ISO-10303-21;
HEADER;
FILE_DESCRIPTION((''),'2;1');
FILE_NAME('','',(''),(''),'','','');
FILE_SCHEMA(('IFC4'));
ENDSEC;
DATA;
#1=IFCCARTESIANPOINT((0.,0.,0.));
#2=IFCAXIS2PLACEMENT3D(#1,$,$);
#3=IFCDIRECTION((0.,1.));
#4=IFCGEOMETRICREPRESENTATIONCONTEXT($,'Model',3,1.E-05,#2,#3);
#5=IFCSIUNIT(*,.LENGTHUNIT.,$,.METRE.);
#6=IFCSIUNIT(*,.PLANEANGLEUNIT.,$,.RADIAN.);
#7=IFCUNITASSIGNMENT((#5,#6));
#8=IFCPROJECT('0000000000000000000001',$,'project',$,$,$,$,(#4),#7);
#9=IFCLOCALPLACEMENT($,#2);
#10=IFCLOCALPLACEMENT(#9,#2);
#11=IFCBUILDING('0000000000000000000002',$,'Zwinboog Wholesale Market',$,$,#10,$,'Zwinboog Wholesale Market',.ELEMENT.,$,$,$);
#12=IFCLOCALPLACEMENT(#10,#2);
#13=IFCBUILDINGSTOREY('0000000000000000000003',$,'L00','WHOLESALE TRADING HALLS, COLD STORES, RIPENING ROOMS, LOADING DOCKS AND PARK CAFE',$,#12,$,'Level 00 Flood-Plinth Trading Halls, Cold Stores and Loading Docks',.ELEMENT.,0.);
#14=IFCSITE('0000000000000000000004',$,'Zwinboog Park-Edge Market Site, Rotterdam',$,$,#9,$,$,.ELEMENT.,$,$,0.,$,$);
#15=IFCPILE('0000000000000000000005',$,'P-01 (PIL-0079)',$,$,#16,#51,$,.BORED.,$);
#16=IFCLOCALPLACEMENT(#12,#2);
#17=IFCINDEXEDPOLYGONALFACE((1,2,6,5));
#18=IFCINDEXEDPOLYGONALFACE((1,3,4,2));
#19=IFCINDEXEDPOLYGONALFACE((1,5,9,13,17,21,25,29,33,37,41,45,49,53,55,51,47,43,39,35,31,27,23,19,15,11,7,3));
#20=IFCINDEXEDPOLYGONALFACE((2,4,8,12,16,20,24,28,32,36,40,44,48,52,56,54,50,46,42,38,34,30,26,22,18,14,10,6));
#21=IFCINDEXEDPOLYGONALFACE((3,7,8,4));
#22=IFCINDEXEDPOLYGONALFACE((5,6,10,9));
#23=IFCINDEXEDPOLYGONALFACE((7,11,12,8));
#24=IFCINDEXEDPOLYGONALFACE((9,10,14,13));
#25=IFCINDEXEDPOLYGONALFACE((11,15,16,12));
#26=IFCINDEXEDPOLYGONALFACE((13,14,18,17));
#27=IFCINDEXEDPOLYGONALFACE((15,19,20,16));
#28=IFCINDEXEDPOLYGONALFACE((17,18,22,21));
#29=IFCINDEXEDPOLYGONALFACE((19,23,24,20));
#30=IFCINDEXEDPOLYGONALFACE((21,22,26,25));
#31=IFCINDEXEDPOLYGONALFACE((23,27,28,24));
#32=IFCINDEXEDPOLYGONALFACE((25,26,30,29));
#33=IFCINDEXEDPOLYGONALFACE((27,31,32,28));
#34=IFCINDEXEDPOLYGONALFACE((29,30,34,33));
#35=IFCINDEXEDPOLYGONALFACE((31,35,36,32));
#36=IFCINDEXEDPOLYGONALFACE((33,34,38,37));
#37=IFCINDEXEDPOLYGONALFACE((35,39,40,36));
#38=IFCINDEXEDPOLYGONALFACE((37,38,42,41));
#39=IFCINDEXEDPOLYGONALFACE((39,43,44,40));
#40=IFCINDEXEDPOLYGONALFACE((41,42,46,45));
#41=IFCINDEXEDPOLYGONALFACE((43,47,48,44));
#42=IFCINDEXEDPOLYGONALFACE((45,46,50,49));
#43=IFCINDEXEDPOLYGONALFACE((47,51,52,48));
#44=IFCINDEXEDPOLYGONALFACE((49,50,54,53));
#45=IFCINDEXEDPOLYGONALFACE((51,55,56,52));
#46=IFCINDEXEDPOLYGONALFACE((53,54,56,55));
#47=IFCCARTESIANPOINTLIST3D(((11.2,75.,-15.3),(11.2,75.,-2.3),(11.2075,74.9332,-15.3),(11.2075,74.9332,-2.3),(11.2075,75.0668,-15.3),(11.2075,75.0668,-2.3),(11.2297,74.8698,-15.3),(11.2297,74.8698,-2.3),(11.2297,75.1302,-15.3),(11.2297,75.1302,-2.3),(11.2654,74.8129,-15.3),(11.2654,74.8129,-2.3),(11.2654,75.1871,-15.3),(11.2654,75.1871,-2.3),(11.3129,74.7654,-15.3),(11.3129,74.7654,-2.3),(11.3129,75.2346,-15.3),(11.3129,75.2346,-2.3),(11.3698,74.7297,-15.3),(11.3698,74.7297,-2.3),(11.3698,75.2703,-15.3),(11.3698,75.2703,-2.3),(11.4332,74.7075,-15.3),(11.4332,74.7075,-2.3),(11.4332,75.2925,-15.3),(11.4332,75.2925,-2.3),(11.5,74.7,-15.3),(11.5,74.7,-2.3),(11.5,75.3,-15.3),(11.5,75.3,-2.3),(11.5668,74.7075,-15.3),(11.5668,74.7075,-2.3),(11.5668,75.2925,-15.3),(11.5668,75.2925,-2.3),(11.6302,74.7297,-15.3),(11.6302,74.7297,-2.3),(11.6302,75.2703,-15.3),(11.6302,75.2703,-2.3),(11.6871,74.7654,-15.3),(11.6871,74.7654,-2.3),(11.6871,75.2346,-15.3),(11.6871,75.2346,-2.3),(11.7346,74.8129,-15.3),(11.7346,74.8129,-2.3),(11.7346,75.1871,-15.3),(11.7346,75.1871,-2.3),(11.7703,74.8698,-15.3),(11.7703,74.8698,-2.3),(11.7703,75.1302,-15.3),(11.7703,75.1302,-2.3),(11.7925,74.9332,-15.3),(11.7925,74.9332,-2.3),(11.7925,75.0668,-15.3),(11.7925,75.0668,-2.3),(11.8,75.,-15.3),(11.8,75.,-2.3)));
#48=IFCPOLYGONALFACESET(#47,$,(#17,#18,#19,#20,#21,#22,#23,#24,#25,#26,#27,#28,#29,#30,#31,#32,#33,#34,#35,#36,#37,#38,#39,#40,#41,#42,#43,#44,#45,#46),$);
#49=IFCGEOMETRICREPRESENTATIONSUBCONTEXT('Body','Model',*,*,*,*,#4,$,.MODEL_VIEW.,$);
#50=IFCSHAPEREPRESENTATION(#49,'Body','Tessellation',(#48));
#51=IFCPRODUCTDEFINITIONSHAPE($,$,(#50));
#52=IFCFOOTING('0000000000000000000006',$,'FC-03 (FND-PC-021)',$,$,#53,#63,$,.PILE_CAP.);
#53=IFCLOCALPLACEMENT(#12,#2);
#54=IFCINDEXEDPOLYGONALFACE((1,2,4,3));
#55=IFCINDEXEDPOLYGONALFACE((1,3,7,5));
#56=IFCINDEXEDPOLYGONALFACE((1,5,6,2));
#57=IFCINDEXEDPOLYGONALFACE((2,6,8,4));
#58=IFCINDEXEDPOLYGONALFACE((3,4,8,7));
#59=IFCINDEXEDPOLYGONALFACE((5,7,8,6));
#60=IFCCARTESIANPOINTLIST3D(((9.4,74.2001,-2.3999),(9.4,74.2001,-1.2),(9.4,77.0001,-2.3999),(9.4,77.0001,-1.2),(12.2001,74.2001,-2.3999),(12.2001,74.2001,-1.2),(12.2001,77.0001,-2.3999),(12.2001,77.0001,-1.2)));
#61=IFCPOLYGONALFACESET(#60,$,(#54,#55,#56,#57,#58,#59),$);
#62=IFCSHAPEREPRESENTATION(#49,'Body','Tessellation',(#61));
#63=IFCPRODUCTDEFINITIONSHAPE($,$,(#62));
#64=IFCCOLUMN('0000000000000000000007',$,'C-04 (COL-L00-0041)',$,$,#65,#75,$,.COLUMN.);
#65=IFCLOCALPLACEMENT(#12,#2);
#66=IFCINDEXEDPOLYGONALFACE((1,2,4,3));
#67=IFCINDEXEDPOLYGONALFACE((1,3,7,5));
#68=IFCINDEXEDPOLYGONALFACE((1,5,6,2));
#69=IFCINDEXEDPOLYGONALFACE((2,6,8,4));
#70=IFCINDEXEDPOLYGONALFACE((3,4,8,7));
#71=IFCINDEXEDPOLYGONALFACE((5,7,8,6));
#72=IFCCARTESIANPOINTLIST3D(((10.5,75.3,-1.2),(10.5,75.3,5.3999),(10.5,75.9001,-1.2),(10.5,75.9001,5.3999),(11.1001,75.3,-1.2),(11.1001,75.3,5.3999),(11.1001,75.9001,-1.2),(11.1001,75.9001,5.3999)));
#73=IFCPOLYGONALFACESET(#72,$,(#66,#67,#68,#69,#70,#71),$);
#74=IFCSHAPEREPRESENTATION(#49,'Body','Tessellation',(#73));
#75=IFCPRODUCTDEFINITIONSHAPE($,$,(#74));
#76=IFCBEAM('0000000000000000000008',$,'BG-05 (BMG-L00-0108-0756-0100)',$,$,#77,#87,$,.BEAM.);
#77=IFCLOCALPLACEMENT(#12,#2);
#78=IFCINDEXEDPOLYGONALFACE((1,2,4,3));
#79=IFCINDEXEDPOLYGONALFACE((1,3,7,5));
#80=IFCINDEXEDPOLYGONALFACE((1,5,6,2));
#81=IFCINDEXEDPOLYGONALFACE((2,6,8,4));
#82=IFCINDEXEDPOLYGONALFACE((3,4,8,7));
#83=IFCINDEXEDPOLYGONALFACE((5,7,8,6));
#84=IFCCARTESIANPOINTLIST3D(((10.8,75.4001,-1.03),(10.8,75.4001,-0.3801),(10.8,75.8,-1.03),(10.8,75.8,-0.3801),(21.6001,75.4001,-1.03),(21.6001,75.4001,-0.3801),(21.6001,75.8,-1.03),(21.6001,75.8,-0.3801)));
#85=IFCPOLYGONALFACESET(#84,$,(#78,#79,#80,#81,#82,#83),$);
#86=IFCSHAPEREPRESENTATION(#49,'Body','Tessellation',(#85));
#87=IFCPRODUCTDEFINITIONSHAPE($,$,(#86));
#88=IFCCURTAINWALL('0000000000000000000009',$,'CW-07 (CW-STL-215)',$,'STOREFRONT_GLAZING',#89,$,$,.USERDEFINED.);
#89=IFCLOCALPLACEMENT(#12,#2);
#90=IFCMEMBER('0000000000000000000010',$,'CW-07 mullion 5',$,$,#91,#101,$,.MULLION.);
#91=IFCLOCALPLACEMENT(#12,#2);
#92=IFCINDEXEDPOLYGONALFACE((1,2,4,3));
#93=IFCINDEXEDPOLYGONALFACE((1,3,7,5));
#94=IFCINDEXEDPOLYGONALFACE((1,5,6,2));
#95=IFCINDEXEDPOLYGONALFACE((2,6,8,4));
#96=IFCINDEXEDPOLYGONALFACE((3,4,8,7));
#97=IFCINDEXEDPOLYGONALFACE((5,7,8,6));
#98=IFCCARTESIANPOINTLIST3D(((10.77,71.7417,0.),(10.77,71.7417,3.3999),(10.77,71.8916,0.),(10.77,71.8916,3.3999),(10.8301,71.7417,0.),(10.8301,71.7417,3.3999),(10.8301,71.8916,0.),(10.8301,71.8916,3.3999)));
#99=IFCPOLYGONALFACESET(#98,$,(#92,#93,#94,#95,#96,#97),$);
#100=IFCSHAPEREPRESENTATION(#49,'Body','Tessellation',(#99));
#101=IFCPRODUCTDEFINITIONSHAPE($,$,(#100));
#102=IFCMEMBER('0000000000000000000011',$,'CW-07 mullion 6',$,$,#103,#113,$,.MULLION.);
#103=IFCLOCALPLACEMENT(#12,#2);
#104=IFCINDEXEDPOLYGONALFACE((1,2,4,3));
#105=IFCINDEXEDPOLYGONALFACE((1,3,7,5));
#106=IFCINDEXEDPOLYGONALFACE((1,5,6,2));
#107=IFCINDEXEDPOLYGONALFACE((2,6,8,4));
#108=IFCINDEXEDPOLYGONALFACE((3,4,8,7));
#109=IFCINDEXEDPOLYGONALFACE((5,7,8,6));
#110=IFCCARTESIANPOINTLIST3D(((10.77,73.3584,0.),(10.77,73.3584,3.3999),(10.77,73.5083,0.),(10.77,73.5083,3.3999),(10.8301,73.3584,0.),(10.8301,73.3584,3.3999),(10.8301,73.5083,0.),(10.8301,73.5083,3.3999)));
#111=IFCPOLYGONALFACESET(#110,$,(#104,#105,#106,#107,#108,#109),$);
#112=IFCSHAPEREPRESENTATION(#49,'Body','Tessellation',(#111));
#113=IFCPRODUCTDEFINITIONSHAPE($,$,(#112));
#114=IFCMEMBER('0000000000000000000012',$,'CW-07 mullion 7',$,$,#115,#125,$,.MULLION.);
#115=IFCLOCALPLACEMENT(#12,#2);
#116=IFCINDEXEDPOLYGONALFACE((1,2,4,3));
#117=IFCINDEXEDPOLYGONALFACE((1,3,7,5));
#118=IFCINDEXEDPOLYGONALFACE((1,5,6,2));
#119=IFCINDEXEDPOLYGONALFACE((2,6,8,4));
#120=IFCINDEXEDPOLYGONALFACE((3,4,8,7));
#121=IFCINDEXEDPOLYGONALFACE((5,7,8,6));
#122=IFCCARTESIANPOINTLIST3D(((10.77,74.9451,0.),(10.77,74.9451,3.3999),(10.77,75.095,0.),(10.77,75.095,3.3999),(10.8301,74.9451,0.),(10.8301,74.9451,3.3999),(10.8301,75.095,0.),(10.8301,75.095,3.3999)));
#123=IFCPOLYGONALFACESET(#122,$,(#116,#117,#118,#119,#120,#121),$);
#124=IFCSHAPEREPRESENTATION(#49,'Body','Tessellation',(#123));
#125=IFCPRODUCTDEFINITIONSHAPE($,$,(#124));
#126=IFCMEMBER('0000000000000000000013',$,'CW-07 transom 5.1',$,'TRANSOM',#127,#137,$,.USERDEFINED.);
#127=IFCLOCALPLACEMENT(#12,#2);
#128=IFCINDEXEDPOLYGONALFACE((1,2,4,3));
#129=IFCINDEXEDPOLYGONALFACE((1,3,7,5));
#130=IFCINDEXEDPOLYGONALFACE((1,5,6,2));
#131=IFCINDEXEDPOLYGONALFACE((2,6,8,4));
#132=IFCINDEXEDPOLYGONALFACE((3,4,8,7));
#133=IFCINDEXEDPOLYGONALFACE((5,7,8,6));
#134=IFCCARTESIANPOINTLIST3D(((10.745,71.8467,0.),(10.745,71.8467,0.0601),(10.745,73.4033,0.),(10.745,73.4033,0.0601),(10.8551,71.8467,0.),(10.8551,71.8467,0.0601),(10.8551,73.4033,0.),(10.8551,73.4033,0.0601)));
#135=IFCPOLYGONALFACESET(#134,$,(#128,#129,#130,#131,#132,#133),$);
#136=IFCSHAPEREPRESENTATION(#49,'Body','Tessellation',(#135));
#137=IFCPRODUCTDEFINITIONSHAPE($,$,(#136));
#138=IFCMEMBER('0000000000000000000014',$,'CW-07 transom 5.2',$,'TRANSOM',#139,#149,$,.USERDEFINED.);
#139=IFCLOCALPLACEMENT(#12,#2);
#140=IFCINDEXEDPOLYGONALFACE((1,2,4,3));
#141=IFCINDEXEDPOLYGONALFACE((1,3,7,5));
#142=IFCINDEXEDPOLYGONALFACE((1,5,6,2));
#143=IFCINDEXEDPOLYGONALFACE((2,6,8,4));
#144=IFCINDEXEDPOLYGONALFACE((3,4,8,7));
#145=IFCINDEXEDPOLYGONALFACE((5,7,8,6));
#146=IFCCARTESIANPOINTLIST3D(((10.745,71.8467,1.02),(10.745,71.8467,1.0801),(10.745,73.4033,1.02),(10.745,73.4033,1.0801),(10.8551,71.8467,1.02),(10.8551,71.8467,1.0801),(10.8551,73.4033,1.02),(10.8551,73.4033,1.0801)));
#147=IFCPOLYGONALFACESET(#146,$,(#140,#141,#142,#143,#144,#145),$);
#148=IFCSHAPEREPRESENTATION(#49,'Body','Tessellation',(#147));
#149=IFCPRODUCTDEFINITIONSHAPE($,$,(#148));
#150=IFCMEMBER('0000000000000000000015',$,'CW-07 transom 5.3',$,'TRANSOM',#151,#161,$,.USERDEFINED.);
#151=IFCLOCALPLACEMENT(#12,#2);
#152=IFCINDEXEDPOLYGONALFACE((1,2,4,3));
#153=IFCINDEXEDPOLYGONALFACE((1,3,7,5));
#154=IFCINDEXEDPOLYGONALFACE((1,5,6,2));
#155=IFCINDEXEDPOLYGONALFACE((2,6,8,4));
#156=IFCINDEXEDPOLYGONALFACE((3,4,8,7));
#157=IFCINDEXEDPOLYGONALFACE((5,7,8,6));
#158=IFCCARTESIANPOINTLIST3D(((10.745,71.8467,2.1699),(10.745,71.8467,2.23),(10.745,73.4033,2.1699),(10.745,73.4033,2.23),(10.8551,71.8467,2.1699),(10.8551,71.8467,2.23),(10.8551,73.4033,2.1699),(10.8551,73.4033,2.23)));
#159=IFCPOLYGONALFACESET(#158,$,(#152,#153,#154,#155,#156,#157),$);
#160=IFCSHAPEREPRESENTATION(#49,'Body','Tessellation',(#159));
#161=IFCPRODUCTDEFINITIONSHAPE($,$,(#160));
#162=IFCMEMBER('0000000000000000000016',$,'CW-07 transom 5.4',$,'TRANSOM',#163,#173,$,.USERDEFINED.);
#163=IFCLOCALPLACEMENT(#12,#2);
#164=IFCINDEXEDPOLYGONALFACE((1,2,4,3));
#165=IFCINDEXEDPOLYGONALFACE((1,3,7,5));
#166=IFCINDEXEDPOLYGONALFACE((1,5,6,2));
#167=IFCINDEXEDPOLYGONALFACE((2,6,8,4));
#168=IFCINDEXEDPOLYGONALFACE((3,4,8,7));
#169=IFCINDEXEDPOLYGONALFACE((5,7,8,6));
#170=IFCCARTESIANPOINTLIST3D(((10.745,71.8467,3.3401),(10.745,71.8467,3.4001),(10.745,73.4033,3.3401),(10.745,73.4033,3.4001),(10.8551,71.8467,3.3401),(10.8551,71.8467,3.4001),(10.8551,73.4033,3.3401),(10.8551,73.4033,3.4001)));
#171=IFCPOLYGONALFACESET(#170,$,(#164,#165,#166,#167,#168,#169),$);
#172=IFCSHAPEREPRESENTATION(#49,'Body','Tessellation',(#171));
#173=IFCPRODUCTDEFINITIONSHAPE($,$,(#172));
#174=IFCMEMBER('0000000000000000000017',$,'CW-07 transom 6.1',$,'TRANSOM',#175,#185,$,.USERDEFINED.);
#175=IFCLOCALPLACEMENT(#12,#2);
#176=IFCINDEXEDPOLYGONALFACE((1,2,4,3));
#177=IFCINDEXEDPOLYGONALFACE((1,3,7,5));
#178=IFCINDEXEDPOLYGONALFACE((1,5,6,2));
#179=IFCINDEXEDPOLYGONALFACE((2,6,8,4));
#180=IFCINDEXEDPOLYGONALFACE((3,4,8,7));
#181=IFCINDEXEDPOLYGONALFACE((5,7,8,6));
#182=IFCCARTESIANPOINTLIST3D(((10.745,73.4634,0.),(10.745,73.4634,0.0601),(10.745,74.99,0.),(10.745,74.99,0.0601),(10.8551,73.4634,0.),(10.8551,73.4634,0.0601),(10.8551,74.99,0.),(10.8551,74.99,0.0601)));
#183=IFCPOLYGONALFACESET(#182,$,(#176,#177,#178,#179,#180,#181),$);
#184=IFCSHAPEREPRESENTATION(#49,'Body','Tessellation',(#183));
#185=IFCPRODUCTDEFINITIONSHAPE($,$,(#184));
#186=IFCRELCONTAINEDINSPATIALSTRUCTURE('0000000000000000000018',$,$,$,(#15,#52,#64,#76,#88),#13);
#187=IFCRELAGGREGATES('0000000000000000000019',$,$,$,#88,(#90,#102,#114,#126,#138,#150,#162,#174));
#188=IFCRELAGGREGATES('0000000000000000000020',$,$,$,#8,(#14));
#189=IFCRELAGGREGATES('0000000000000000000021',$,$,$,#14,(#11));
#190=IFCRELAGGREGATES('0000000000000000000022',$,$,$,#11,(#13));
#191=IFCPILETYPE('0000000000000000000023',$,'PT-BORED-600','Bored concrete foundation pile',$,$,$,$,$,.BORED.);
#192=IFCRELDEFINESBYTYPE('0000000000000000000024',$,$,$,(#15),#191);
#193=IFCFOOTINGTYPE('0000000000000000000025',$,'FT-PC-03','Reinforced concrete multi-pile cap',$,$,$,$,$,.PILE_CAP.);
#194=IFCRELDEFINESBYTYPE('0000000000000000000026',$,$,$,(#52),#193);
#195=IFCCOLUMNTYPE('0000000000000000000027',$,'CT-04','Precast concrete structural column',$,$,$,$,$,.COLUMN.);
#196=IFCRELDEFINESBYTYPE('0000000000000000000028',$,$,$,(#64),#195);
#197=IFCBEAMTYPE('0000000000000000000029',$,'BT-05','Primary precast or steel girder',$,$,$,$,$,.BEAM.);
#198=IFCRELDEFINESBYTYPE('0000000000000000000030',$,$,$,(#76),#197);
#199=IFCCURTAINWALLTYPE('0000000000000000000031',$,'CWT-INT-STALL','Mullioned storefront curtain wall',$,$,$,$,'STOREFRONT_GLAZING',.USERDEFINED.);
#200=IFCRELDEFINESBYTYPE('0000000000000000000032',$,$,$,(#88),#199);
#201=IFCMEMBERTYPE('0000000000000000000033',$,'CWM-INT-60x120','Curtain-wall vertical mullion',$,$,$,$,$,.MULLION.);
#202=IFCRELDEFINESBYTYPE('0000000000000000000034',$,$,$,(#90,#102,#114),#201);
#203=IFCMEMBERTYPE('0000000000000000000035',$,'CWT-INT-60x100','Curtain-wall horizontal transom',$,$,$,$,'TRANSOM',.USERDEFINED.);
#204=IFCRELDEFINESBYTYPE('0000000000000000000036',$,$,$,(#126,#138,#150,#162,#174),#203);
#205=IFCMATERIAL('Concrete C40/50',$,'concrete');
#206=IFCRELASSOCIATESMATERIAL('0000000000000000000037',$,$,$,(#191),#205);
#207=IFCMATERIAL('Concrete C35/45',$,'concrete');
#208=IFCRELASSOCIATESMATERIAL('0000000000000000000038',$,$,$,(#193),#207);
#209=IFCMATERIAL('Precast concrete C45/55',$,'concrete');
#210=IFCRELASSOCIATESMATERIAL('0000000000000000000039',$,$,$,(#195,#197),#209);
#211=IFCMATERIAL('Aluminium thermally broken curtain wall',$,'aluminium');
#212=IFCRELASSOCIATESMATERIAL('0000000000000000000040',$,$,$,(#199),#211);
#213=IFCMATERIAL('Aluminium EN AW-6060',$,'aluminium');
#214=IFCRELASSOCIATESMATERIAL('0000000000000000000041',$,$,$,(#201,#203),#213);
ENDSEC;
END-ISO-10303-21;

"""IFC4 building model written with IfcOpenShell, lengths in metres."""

from ifc_helpers import new_model, si_unit, direction, frame, origin, origin_2d, place, context, subcontext, project, spatial, rectangle, circle, extrude, material, material_profile, profile_set, type_object, element, aggregate, save


model = new_model("IFC4")

# Units and contexts
model_context = context("Model", 3, precision=1e-05, world=origin(), true_north=direction((0.0, 1.0)))
body_context = subcontext(model_context, "Body", "Model", "MODEL_VIEW")
ifc_project = project(units=[si_unit("LENGTHUNIT", "METRE"), si_unit("PLANEANGLEUNIT", "RADIAN")], contexts=[model_context])

# Site, building, storey
site_placement = place(None, origin())
site = spatial("IfcSite", under=ifc_project, at=site_placement, Name="Zwinboog Park-Edge Market Site, Rotterdam", CompositionType="ELEMENT", RefElevation=0.0)
building_placement = place(site_placement, origin())
building = spatial("IfcBuilding", under=site, at=building_placement, Name="Zwinboog Wholesale Market", LongName="Zwinboog Wholesale Market", CompositionType="ELEMENT")
storey_placement = place(building_placement, origin())
storey = spatial("IfcBuildingStorey", under=building, at=storey_placement, Name="L00", Description="WHOLESALE TRADING HALLS, COLD STORES, RIPENING ROOMS, LOADING DOCKS AND PARK CAFE", LongName="Level 00 Flood-Plinth Trading Halls, Cold Stores and Loading Docks", CompositionType="ELEMENT", Elevation=0.0)

# Pile
ifc_material_1 = material(Name="Concrete C40/50", Category="concrete")
ifc_material_profile_1 = material_profile(ifc_material_1, circle(Radius=0.3, at=origin_2d()), Name="PILE D600")
ifc_profile_set_1 = profile_set([ifc_material_profile_1], Name="Concrete C40/50")
pile_type = type_object("IfcPileType", Name="PT-BORED-600", Description="Bored concrete foundation pile", PredefinedType="BORED", material=ifc_profile_set_1)
pile_placement = place(storey_placement, frame((11.5, 75.0, -2.3), z_axis=(0.0, 0.0, -1.0), x_axis=(1.0, 0.0, 0.0)))
element("IfcPile", 1, at=pile_placement, inside=storey, type_object=pile_type, Name="P-01 (PIL-0079)", PredefinedType="BORED", context=body_context, shape_type="SweptSolid", body=[
    extrude(circle(Radius=0.3, at=origin_2d()), origin(), (0.0, 0.0, 1.0), 13.0),
])

# Footing
ifc_material_2 = material(Name="Concrete C35/45", Category="concrete")
footing_type = type_object("IfcFootingType", Name="FT-PC-03", Description="Reinforced concrete multi-pile cap", PredefinedType="PILE_CAP", material=ifc_material_2)
footing_placement = place(storey_placement, frame((10.8, 75.6001, -2.3999), z_axis=(0.0, 0.0, 1.0), x_axis=(1.0, 0.0, 0.0)))
element("IfcFooting", 2, at=footing_placement, inside=storey, type_object=footing_type, Name="FC-03 (FND-PC-021)", PredefinedType="PILE_CAP", context=body_context, shape_type="SweptSolid", body=[
    extrude(rectangle(XDim=2.8, YDim=2.8, at=origin_2d()), origin(), (0.0, 0.0, 1.0), 1.2),
])

# Column
ifc_material_3 = material(Name="Precast concrete C45/55", Category="concrete")
ifc_material_profile_2 = material_profile(ifc_material_3, rectangle(XDim=0.6001, YDim=0.6001, at=origin_2d()), Name="PC 600x600")
ifc_profile_set_2 = profile_set([ifc_material_profile_2], Name="Precast concrete C45/55")
column_type = type_object("IfcColumnType", Name="CT-04", Description="Precast concrete structural column", PredefinedType="COLUMN", material=ifc_profile_set_2)
column_placement = place(storey_placement, frame((10.8, 75.6001, -1.2), z_axis=(0.0, 0.0, 1.0), x_axis=(1.0, 0.0, 0.0)))
element("IfcColumn", 3, at=column_placement, inside=storey, type_object=column_type, Name="C-04 (COL-L00-0041)", PredefinedType="COLUMN", context=body_context, shape_type="SweptSolid", body=[
    extrude(rectangle(XDim=0.6001, YDim=0.6001, at=origin_2d()), origin(), (0.0, 0.0, 1.0), 6.5999),
])

# Beam
ifc_material_profile_3 = material_profile(ifc_material_3, rectangle(XDim=0.3999, YDim=0.6499, at=origin_2d()), Name="PC 400x650")
ifc_profile_set_3 = profile_set([ifc_material_profile_3], Name="Precast concrete C45/55")
beam_type = type_object("IfcBeamType", Name="BT-05", Description="Primary precast or steel girder", PredefinedType="BEAM", material=ifc_profile_set_3)
beam_placement = place(storey_placement, frame((10.8, 75.6001, -0.7051), z_axis=(1.0, 0.0, 0.0), x_axis=(0.0, 1.0, 0.0)))
element("IfcBeam", 4, at=beam_placement, inside=storey, type_object=beam_type, Name="BG-05 (BMG-L00-0108-0756-0100)", PredefinedType="BEAM", context=body_context, shape_type="SweptSolid", body=[
    extrude(rectangle(XDim=0.3999, YDim=0.6499, at=origin_2d()), origin(), (0.0, 0.0, 1.0), 10.8),
])

# Curtain wall, members
ifc_material_4 = material(Name="Aluminium thermally broken curtain wall", Category="aluminium")
curtain_wall_type = type_object("IfcCurtainWallType", Name="CWT-INT-STALL", Description="Mullioned storefront curtain wall", ElementType="STOREFRONT_GLAZING", PredefinedType="USERDEFINED", material=ifc_material_4)
curtain_wall_placement = place(storey_placement, origin())
curtain_wall = element("IfcCurtainWall", 5, at=curtain_wall_placement, inside=storey, type_object=curtain_wall_type, Name="CW-07 (CW-STL-215)", ObjectType="STOREFRONT_GLAZING", PredefinedType="USERDEFINED")
ifc_material_5 = material(Name="Aluminium EN AW-6060", Category="aluminium")
ifc_material_profile_4 = material_profile(ifc_material_5, rectangle(XDim=0.0601, YDim=0.1499, at=origin_2d()), Name="AL 60x150")
ifc_profile_set_4 = profile_set([ifc_material_profile_4], Name="Aluminium EN AW-6060")
member_type_1 = type_object("IfcMemberType", Name="CWM-INT-60x120", Description="Curtain-wall vertical mullion", PredefinedType="MULLION", material=ifc_profile_set_4)
member_1_placement = place(storey_placement, frame((10.8, 71.8167, 0.0), z_axis=(0.0, 0.0, 1.0), x_axis=(-1.0, 0.0, 0.0)))
member_1 = element("IfcMember", 6, at=member_1_placement, type_object=member_type_1, Name="CW-07 mullion 5", PredefinedType="MULLION", context=body_context, shape_type="SweptSolid", body=[
    extrude(rectangle(XDim=0.0601, YDim=0.1499, at=origin_2d()), origin(), (0.0, 0.0, 1.0), 3.3999),
])
member_2_placement = place(storey_placement, frame((10.8, 73.4333, 0.0), z_axis=(0.0, 0.0, 1.0), x_axis=(-1.0, 0.0, 0.0)))
member_2 = element("IfcMember", 7, at=member_2_placement, type_object=member_type_1, Name="CW-07 mullion 6", PredefinedType="MULLION", context=body_context, shape_type="SweptSolid", body=[
    extrude(rectangle(XDim=0.0601, YDim=0.1499, at=origin_2d()), origin(), (0.0, 0.0, 1.0), 3.3999),
])
member_3_placement = place(storey_placement, frame((10.8, 75.02, 0.0), z_axis=(0.0, 0.0, 1.0), x_axis=(-1.0, 0.0, 0.0)))
member_3 = element("IfcMember", 8, at=member_3_placement, type_object=member_type_1, Name="CW-07 mullion 7", PredefinedType="MULLION", context=body_context, shape_type="SweptSolid", body=[
    extrude(rectangle(XDim=0.0601, YDim=0.1499, at=origin_2d()), origin(), (0.0, 0.0, 1.0), 3.3999),
])
ifc_material_profile_5 = material_profile(ifc_material_5, rectangle(XDim=0.1101, YDim=0.0601, at=origin_2d()), Name="AL 60x110")
ifc_profile_set_5 = profile_set([ifc_material_profile_5], Name="Aluminium EN AW-6060")
member_type_2 = type_object("IfcMemberType", Name="CWT-INT-60x100", Description="Curtain-wall horizontal transom", ElementType="TRANSOM", PredefinedType="USERDEFINED", material=ifc_profile_set_5)
member_4_placement = place(storey_placement, frame((10.8, 71.8467, 0.03), z_axis=(0.0, 1.0, 0.0), x_axis=(-1.0, 0.0, 0.0)))
member_4 = element("IfcMember", 9, at=member_4_placement, type_object=member_type_2, Name="CW-07 transom 5.1", ObjectType="TRANSOM", PredefinedType="USERDEFINED", context=body_context, shape_type="SweptSolid", body=[
    extrude(rectangle(XDim=0.1101, YDim=0.0601, at=origin_2d()), origin(), (0.0, 0.0, 1.0), 1.5566),
])
member_5_placement = place(storey_placement, frame((10.8, 71.8467, 1.05), z_axis=(0.0, 1.0, 0.0), x_axis=(-1.0, 0.0, 0.0)))
member_5 = element("IfcMember", 10, at=member_5_placement, type_object=member_type_2, Name="CW-07 transom 5.2", ObjectType="TRANSOM", PredefinedType="USERDEFINED", context=body_context, shape_type="SweptSolid", body=[
    extrude(rectangle(XDim=0.1101, YDim=0.0601, at=origin_2d()), origin(), (0.0, 0.0, 1.0), 1.5566),
])
member_6_placement = place(storey_placement, frame((10.8, 71.8467, 2.2), z_axis=(0.0, 1.0, 0.0), x_axis=(-1.0, 0.0, 0.0)))
member_6 = element("IfcMember", 11, at=member_6_placement, type_object=member_type_2, Name="CW-07 transom 5.3", ObjectType="TRANSOM", PredefinedType="USERDEFINED", context=body_context, shape_type="SweptSolid", body=[
    extrude(rectangle(XDim=0.1101, YDim=0.0601, at=origin_2d()), origin(), (0.0, 0.0, 1.0), 1.5566),
])
member_7_placement = place(storey_placement, frame((10.8, 71.8467, 3.3701), z_axis=(0.0, 1.0, 0.0), x_axis=(-1.0, 0.0, 0.0)))
member_7 = element("IfcMember", 12, at=member_7_placement, type_object=member_type_2, Name="CW-07 transom 5.4", ObjectType="TRANSOM", PredefinedType="USERDEFINED", context=body_context, shape_type="SweptSolid", body=[
    extrude(rectangle(XDim=0.1101, YDim=0.0601, at=origin_2d()), origin(), (0.0, 0.0, 1.0), 1.5566),
])
member_8_placement = place(storey_placement, frame((10.8, 73.4634, 0.03), z_axis=(0.0, 1.0, 0.0), x_axis=(-1.0, 0.0, 0.0)))
member_8 = element("IfcMember", 13, at=member_8_placement, type_object=member_type_2, Name="CW-07 transom 6.1", ObjectType="TRANSOM", PredefinedType="USERDEFINED", context=body_context, shape_type="SweptSolid", body=[
    extrude(rectangle(XDim=0.1101, YDim=0.0601, at=origin_2d()), origin(), (0.0, 0.0, 1.0), 1.5266),
])
aggregate(curtain_wall, [member_1, member_2, member_3, member_4, member_5, member_6, member_7, member_8])

save(model, "model.ifc")
